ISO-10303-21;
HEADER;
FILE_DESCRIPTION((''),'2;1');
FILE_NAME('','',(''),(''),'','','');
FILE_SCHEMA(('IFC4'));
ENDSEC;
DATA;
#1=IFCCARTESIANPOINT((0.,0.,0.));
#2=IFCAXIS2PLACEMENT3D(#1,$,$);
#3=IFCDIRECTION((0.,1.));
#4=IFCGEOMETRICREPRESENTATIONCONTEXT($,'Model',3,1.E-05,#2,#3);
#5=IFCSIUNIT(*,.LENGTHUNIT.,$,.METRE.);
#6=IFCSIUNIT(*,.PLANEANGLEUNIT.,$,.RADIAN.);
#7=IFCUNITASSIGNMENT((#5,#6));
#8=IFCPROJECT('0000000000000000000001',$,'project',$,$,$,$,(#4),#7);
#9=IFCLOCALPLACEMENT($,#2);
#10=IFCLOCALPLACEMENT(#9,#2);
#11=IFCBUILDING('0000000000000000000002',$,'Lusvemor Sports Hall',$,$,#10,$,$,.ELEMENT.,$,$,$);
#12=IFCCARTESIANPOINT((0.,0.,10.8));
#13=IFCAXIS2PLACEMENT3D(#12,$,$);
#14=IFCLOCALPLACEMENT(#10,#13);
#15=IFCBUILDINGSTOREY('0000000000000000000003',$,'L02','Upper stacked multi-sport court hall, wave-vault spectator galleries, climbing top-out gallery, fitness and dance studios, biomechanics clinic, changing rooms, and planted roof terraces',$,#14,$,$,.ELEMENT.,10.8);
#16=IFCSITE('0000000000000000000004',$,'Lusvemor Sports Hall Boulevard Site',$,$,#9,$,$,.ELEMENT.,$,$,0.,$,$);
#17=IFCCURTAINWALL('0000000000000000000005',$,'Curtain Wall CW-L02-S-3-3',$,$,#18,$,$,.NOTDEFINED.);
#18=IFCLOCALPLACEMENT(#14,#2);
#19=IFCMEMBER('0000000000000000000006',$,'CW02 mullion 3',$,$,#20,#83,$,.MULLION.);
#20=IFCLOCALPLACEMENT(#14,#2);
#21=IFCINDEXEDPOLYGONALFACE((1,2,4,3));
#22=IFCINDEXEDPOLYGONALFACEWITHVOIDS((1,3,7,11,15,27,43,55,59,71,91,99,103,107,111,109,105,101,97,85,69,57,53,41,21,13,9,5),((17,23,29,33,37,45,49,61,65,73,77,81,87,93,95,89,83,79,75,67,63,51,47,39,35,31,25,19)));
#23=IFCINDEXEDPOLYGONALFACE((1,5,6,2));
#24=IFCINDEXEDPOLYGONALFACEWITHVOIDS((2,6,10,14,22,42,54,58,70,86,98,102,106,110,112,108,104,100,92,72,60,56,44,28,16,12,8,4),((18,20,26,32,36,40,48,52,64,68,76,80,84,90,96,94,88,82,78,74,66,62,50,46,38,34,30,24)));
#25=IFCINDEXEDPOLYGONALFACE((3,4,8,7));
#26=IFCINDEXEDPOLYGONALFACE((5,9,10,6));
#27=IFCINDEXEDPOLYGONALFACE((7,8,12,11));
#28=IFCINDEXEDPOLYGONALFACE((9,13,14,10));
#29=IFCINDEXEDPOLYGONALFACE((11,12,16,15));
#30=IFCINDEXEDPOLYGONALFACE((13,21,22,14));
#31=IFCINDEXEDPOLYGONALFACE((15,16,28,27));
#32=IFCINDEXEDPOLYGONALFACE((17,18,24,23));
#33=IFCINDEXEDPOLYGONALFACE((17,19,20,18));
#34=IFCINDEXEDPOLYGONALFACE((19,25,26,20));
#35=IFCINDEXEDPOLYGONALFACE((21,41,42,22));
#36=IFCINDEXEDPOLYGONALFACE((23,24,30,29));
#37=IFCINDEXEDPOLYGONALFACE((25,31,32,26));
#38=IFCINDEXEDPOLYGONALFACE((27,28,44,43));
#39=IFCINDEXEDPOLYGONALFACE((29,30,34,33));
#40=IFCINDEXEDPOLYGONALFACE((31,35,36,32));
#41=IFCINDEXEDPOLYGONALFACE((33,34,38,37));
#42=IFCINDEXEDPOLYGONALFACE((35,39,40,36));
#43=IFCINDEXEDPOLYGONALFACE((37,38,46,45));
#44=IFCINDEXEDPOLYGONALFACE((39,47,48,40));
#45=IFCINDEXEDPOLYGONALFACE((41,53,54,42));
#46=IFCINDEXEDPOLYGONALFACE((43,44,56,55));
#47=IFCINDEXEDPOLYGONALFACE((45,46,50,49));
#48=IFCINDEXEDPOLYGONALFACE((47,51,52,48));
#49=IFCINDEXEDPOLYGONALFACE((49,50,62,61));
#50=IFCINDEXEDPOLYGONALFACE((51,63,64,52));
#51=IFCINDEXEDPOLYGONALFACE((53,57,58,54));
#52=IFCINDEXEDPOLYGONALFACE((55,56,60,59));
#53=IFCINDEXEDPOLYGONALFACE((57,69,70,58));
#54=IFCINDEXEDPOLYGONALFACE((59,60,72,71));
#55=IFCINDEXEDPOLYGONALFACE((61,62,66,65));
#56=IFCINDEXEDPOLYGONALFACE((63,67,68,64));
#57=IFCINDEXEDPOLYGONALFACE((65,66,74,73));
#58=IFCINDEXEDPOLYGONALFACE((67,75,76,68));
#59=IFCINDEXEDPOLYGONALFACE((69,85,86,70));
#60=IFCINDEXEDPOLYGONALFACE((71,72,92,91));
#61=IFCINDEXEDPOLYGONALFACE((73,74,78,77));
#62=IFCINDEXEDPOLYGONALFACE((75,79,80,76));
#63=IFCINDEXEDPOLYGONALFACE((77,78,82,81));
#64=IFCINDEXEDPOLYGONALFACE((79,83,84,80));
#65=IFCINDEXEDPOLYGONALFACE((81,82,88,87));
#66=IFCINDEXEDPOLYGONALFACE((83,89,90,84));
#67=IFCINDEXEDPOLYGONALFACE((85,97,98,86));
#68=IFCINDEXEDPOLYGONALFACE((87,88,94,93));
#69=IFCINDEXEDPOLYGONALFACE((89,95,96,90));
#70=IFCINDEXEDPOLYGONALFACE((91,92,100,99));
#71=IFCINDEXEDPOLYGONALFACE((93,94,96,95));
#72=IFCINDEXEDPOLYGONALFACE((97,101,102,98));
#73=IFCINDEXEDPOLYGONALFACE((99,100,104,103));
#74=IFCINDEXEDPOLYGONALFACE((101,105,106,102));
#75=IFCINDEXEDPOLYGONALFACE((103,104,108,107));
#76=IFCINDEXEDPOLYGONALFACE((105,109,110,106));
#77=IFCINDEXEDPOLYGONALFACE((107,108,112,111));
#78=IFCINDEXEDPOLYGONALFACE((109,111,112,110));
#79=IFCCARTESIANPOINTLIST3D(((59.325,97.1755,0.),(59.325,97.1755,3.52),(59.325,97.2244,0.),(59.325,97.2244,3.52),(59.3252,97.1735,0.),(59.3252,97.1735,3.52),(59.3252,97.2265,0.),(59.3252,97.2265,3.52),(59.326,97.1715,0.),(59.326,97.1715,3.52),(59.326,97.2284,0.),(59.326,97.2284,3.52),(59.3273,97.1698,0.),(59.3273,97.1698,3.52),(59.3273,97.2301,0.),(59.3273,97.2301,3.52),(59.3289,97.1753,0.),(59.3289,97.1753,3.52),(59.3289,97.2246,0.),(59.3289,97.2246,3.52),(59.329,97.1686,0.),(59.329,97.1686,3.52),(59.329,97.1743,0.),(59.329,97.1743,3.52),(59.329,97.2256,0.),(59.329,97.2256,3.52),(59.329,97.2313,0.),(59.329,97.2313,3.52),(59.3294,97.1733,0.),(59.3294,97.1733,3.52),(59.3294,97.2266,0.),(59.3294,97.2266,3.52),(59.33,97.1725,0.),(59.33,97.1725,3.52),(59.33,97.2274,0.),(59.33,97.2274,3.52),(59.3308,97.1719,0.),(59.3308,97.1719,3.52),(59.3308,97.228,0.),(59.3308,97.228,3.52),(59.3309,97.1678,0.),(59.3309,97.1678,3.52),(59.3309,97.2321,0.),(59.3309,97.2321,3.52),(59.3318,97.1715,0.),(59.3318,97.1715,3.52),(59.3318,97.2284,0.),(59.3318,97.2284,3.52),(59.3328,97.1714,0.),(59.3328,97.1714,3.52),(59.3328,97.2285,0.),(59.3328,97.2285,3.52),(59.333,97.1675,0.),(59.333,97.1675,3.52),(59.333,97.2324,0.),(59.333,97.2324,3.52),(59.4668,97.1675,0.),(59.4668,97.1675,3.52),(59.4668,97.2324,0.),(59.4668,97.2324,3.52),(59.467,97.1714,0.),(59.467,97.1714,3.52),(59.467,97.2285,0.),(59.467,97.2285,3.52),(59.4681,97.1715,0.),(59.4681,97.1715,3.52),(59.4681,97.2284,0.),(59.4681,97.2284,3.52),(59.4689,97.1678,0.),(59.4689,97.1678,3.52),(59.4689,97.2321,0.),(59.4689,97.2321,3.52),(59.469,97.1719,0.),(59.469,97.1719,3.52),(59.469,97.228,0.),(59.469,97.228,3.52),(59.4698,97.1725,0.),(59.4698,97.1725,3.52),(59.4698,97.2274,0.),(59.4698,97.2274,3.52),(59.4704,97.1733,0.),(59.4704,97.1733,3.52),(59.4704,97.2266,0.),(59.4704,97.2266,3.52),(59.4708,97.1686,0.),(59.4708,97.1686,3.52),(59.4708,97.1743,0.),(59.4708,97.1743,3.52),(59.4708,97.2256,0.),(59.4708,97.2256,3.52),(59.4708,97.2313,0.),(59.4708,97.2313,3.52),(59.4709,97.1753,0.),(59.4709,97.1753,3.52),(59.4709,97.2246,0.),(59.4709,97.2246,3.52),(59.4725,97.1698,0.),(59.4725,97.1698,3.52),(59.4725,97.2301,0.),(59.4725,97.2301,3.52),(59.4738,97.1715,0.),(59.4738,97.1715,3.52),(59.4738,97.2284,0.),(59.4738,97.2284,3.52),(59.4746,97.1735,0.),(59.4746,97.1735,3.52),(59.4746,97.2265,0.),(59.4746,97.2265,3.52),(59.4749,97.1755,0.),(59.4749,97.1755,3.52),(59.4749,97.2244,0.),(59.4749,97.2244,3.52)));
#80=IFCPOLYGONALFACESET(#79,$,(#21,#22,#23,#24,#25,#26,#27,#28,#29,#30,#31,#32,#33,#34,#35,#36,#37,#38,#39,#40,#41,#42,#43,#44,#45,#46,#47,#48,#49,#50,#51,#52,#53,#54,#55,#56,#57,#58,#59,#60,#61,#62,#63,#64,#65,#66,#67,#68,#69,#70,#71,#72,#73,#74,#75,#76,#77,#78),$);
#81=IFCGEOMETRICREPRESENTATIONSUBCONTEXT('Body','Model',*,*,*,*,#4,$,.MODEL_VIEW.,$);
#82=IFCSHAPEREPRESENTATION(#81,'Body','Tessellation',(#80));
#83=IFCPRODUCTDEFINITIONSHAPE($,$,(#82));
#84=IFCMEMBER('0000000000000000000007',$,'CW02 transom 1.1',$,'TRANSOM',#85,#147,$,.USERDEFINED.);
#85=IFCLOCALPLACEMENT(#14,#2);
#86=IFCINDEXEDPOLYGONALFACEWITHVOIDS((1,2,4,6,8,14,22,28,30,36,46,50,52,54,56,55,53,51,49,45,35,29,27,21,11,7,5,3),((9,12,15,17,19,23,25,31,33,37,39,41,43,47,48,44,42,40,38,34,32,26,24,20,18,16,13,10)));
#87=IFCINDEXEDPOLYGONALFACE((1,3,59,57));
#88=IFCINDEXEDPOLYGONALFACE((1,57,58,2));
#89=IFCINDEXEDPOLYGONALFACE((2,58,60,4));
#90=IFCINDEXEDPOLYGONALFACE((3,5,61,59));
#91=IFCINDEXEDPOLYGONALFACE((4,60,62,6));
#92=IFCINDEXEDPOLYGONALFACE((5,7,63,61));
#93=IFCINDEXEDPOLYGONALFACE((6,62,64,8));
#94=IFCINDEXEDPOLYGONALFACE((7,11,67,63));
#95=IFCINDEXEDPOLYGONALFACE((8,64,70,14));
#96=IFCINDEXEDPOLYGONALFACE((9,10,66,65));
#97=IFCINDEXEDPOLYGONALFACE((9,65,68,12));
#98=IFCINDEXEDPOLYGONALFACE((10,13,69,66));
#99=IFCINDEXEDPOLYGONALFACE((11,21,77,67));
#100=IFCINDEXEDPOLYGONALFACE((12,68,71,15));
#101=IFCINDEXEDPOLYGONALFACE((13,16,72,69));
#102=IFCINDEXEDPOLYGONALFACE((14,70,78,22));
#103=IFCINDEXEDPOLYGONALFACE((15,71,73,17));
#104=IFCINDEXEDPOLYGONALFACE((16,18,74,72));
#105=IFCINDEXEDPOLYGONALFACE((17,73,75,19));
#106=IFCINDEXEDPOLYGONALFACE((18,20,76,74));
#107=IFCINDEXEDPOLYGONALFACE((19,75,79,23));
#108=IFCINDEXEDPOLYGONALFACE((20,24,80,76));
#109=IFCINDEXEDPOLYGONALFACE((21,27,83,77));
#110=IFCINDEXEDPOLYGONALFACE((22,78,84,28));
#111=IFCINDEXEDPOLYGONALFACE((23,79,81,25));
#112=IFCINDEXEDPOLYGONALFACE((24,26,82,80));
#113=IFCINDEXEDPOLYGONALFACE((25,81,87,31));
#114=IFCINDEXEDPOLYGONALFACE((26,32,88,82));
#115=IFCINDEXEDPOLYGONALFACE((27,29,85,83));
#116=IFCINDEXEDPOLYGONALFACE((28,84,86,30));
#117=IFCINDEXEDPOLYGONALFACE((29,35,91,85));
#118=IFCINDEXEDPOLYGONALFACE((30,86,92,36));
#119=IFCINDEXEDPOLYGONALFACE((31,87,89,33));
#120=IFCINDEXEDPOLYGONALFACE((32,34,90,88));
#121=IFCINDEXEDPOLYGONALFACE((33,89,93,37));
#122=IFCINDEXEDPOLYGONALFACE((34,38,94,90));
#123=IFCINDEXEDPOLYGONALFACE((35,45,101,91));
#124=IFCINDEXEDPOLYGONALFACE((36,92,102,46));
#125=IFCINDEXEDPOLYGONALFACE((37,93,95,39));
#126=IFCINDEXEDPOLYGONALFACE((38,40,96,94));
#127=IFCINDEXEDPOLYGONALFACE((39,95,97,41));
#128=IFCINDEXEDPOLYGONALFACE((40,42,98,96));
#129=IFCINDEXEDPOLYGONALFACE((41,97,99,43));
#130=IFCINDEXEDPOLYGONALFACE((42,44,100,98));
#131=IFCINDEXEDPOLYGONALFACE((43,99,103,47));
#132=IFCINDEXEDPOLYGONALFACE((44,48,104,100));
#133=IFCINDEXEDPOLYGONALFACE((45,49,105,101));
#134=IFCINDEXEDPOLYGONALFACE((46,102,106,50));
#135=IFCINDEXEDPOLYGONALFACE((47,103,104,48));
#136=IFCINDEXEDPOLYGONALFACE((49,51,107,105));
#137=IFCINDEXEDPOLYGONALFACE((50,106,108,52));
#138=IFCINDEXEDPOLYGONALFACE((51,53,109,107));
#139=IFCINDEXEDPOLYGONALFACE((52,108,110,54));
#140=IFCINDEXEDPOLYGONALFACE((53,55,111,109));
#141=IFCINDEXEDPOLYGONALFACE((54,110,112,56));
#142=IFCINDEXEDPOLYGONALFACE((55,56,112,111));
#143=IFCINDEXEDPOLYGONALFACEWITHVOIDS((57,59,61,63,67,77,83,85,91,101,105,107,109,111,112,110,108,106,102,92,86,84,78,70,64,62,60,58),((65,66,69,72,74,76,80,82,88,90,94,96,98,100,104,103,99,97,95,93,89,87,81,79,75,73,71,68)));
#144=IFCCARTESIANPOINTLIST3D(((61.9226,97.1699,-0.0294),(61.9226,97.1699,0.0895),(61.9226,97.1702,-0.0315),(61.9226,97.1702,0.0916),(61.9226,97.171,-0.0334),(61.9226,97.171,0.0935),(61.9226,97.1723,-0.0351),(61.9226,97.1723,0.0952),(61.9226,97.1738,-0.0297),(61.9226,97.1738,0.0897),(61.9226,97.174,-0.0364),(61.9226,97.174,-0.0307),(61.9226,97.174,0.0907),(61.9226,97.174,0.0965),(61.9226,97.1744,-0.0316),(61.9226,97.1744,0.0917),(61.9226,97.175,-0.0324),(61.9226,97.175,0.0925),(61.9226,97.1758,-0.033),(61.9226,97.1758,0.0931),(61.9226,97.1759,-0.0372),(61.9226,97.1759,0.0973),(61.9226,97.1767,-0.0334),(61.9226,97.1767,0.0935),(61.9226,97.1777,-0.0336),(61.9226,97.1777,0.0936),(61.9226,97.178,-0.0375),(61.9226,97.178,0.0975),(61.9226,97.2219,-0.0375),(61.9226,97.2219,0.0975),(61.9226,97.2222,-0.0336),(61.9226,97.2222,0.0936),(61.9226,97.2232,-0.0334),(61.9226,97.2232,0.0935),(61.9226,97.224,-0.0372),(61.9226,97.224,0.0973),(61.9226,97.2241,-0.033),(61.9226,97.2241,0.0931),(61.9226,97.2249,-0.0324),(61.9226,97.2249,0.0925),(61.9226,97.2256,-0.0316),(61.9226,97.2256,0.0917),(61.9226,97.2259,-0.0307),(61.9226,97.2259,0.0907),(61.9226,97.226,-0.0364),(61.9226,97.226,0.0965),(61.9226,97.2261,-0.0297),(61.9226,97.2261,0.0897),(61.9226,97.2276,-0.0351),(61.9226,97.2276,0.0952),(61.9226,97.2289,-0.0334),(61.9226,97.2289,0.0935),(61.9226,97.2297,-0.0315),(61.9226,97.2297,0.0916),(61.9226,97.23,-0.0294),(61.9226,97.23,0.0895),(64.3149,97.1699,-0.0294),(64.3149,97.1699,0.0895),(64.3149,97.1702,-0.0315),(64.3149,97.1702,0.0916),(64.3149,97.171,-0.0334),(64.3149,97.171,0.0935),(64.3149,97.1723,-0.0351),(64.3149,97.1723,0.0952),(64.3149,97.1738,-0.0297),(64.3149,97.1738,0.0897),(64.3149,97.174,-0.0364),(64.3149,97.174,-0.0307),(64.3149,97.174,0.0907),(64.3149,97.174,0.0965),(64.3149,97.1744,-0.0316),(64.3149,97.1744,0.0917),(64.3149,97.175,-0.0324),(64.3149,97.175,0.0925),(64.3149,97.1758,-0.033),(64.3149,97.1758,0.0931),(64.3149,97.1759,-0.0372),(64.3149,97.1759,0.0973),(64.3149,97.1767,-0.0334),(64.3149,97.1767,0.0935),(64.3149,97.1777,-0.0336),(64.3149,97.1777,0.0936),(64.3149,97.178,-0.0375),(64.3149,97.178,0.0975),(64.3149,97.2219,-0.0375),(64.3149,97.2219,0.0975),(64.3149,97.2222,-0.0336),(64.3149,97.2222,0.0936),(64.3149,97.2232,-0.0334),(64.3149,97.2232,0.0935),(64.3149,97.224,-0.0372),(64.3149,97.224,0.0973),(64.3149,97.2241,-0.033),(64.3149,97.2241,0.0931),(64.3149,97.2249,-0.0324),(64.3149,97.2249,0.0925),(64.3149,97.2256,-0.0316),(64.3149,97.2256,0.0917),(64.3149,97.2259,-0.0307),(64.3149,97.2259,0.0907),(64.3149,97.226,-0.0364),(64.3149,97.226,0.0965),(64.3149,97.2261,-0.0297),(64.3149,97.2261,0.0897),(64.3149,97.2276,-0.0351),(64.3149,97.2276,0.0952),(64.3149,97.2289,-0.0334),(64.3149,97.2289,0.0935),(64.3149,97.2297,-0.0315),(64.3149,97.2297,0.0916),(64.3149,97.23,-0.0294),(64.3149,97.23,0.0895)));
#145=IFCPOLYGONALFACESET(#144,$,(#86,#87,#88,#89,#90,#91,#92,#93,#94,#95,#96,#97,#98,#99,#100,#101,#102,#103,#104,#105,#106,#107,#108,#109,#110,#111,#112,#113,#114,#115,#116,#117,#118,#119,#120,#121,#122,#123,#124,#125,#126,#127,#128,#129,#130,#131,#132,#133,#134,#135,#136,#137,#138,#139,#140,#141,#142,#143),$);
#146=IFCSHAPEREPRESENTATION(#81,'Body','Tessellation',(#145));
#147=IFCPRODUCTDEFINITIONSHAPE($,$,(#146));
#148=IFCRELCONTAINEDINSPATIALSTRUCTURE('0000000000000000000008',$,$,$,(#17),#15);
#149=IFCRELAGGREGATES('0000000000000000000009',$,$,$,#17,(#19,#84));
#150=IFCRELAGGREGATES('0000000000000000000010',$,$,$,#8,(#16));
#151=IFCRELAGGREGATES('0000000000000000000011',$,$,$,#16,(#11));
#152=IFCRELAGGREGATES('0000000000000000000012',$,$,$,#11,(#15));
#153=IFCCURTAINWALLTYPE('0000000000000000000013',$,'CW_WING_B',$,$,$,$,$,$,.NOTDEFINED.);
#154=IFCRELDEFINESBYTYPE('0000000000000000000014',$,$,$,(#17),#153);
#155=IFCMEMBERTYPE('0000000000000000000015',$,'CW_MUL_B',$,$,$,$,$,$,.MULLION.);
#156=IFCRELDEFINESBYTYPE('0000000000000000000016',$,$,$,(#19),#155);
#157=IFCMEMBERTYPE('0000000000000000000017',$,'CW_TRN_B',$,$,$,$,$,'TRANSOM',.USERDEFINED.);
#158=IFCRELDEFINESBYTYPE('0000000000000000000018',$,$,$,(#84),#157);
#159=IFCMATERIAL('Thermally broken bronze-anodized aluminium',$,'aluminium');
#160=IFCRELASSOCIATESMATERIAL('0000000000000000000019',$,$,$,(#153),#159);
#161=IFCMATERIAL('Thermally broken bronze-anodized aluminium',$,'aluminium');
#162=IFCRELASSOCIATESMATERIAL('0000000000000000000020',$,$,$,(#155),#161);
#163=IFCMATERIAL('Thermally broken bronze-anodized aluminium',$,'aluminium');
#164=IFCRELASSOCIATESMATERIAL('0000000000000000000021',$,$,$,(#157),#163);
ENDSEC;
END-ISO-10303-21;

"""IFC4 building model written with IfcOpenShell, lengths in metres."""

from ifc_helpers import new_model, si_unit, direction, frame, origin, origin_2d, place, context, subcontext, project, spatial, hollow_rectangle, extrude, material, material_profile, profile_set, type_object, element, aggregate, save


model = new_model("IFC4")

# Units and contexts
model_context = context("Model", 3, precision=1e-05, world=origin(), true_north=direction((0.0, 1.0)))
body_context = subcontext(model_context, "Body", "Model", "MODEL_VIEW")
ifc_project = project(units=[si_unit("LENGTHUNIT", "METRE"), si_unit("PLANEANGLEUNIT", "RADIAN")], contexts=[model_context])

# Site, building, storey
site_placement = place(None, origin())
site = spatial("IfcSite", under=ifc_project, at=site_placement, Name="Lusvemor Sports Hall Boulevard Site", CompositionType="ELEMENT", RefElevation=0.0)
building_placement = place(site_placement, origin())
building = spatial("IfcBuilding", under=site, at=building_placement, Name="Lusvemor Sports Hall", CompositionType="ELEMENT")
storey_placement = place(building_placement, frame((0.0, 0.0, 10.8)))
storey = spatial("IfcBuildingStorey", under=building, at=storey_placement, Name="L02", Description="Upper stacked multi-sport court hall, wave-vault spectator galleries, climbing top-out gallery, fitness and dance studios, biomechanics clinic, changing rooms, and planted roof terraces", CompositionType="ELEMENT", Elevation=10.8)

# Curtain wall, members
ifc_material_1 = material(Name="Thermally broken bronze-anodized aluminium", Category="aluminium")
curtain_wall_type = type_object("IfcCurtainWallType", Name="CW_WING_B", PredefinedType="NOTDEFINED", material=ifc_material_1)
curtain_wall_placement = place(storey_placement, origin())
curtain_wall = element("IfcCurtainWall", 1, at=curtain_wall_placement, inside=storey, type_object=curtain_wall_type, Name="Curtain Wall CW-L02-S-3-3", PredefinedType="NOTDEFINED")
ifc_material_2 = material(Name="Thermally broken bronze-anodized aluminium", Category="aluminium")
ifc_material_profile_1 = material_profile(ifc_material_2, hollow_rectangle(XDim=0.0649, YDim=0.1499, WallThickness=0.0039, InnerFilletRadius=0.0039, OuterFilletRadius=0.0081, at=origin_2d()), Name="CWMUL150x65x4")
ifc_profile_set_1 = profile_set([ifc_material_profile_1], Name="Thermally broken bronze-anodized aluminium")
member_type_1 = type_object("IfcMemberType", Name="CW_MUL_B", PredefinedType="MULLION", material=ifc_profile_set_1)
member_1_placement = place(storey_placement, frame((59.3999, 97.2, 0.0), z_axis=(0.0, 0.0, 1.0), x_axis=(0.0, -1.0, 0.0)))
member_1 = element("IfcMember", 2, at=member_1_placement, type_object=member_type_1, Name="CW02 mullion 3", PredefinedType="MULLION", context=body_context, shape_type="SweptSolid", body=[
    extrude(hollow_rectangle(XDim=0.0649, YDim=0.1499, WallThickness=0.0039, InnerFilletRadius=0.0039, OuterFilletRadius=0.0081, at=origin_2d()), origin(), (0.0, 0.0, 1.0), 3.52),
])
ifc_material_3 = material(Name="Thermally broken bronze-anodized aluminium", Category="aluminium")
ifc_material_profile_2 = material_profile(ifc_material_3, hollow_rectangle(XDim=0.0601, YDim=0.135, WallThickness=0.0039, InnerFilletRadius=0.0039, OuterFilletRadius=0.0081, at=origin_2d()), Name="CWTRN135x60x4")
ifc_profile_set_2 = profile_set([ifc_material_profile_2], Name="Thermally broken bronze-anodized aluminium")
member_type_2 = type_object("IfcMemberType", Name="CW_TRN_B", ElementType="TRANSOM", PredefinedType="USERDEFINED", material=ifc_profile_set_2)
member_2_placement = place(storey_placement, frame((64.3149, 97.2, 0.03), z_axis=(-1.0, 0.0, 0.0), x_axis=(0.0, -1.0, 0.0)))
member_2 = element("IfcMember", 3, at=member_2_placement, type_object=member_type_2, Name="CW02 transom 1.1", ObjectType="TRANSOM", PredefinedType="USERDEFINED", context=body_context, shape_type="SweptSolid", body=[
    extrude(hollow_rectangle(XDim=0.0601, YDim=0.135, WallThickness=0.0039, InnerFilletRadius=0.0039, OuterFilletRadius=0.0081, at=origin_2d()), origin(), (0.0, 0.0, 1.0), 2.3923),
])

aggregate(curtain_wall, [member_1, member_2])

save(model, "model.ifc")
